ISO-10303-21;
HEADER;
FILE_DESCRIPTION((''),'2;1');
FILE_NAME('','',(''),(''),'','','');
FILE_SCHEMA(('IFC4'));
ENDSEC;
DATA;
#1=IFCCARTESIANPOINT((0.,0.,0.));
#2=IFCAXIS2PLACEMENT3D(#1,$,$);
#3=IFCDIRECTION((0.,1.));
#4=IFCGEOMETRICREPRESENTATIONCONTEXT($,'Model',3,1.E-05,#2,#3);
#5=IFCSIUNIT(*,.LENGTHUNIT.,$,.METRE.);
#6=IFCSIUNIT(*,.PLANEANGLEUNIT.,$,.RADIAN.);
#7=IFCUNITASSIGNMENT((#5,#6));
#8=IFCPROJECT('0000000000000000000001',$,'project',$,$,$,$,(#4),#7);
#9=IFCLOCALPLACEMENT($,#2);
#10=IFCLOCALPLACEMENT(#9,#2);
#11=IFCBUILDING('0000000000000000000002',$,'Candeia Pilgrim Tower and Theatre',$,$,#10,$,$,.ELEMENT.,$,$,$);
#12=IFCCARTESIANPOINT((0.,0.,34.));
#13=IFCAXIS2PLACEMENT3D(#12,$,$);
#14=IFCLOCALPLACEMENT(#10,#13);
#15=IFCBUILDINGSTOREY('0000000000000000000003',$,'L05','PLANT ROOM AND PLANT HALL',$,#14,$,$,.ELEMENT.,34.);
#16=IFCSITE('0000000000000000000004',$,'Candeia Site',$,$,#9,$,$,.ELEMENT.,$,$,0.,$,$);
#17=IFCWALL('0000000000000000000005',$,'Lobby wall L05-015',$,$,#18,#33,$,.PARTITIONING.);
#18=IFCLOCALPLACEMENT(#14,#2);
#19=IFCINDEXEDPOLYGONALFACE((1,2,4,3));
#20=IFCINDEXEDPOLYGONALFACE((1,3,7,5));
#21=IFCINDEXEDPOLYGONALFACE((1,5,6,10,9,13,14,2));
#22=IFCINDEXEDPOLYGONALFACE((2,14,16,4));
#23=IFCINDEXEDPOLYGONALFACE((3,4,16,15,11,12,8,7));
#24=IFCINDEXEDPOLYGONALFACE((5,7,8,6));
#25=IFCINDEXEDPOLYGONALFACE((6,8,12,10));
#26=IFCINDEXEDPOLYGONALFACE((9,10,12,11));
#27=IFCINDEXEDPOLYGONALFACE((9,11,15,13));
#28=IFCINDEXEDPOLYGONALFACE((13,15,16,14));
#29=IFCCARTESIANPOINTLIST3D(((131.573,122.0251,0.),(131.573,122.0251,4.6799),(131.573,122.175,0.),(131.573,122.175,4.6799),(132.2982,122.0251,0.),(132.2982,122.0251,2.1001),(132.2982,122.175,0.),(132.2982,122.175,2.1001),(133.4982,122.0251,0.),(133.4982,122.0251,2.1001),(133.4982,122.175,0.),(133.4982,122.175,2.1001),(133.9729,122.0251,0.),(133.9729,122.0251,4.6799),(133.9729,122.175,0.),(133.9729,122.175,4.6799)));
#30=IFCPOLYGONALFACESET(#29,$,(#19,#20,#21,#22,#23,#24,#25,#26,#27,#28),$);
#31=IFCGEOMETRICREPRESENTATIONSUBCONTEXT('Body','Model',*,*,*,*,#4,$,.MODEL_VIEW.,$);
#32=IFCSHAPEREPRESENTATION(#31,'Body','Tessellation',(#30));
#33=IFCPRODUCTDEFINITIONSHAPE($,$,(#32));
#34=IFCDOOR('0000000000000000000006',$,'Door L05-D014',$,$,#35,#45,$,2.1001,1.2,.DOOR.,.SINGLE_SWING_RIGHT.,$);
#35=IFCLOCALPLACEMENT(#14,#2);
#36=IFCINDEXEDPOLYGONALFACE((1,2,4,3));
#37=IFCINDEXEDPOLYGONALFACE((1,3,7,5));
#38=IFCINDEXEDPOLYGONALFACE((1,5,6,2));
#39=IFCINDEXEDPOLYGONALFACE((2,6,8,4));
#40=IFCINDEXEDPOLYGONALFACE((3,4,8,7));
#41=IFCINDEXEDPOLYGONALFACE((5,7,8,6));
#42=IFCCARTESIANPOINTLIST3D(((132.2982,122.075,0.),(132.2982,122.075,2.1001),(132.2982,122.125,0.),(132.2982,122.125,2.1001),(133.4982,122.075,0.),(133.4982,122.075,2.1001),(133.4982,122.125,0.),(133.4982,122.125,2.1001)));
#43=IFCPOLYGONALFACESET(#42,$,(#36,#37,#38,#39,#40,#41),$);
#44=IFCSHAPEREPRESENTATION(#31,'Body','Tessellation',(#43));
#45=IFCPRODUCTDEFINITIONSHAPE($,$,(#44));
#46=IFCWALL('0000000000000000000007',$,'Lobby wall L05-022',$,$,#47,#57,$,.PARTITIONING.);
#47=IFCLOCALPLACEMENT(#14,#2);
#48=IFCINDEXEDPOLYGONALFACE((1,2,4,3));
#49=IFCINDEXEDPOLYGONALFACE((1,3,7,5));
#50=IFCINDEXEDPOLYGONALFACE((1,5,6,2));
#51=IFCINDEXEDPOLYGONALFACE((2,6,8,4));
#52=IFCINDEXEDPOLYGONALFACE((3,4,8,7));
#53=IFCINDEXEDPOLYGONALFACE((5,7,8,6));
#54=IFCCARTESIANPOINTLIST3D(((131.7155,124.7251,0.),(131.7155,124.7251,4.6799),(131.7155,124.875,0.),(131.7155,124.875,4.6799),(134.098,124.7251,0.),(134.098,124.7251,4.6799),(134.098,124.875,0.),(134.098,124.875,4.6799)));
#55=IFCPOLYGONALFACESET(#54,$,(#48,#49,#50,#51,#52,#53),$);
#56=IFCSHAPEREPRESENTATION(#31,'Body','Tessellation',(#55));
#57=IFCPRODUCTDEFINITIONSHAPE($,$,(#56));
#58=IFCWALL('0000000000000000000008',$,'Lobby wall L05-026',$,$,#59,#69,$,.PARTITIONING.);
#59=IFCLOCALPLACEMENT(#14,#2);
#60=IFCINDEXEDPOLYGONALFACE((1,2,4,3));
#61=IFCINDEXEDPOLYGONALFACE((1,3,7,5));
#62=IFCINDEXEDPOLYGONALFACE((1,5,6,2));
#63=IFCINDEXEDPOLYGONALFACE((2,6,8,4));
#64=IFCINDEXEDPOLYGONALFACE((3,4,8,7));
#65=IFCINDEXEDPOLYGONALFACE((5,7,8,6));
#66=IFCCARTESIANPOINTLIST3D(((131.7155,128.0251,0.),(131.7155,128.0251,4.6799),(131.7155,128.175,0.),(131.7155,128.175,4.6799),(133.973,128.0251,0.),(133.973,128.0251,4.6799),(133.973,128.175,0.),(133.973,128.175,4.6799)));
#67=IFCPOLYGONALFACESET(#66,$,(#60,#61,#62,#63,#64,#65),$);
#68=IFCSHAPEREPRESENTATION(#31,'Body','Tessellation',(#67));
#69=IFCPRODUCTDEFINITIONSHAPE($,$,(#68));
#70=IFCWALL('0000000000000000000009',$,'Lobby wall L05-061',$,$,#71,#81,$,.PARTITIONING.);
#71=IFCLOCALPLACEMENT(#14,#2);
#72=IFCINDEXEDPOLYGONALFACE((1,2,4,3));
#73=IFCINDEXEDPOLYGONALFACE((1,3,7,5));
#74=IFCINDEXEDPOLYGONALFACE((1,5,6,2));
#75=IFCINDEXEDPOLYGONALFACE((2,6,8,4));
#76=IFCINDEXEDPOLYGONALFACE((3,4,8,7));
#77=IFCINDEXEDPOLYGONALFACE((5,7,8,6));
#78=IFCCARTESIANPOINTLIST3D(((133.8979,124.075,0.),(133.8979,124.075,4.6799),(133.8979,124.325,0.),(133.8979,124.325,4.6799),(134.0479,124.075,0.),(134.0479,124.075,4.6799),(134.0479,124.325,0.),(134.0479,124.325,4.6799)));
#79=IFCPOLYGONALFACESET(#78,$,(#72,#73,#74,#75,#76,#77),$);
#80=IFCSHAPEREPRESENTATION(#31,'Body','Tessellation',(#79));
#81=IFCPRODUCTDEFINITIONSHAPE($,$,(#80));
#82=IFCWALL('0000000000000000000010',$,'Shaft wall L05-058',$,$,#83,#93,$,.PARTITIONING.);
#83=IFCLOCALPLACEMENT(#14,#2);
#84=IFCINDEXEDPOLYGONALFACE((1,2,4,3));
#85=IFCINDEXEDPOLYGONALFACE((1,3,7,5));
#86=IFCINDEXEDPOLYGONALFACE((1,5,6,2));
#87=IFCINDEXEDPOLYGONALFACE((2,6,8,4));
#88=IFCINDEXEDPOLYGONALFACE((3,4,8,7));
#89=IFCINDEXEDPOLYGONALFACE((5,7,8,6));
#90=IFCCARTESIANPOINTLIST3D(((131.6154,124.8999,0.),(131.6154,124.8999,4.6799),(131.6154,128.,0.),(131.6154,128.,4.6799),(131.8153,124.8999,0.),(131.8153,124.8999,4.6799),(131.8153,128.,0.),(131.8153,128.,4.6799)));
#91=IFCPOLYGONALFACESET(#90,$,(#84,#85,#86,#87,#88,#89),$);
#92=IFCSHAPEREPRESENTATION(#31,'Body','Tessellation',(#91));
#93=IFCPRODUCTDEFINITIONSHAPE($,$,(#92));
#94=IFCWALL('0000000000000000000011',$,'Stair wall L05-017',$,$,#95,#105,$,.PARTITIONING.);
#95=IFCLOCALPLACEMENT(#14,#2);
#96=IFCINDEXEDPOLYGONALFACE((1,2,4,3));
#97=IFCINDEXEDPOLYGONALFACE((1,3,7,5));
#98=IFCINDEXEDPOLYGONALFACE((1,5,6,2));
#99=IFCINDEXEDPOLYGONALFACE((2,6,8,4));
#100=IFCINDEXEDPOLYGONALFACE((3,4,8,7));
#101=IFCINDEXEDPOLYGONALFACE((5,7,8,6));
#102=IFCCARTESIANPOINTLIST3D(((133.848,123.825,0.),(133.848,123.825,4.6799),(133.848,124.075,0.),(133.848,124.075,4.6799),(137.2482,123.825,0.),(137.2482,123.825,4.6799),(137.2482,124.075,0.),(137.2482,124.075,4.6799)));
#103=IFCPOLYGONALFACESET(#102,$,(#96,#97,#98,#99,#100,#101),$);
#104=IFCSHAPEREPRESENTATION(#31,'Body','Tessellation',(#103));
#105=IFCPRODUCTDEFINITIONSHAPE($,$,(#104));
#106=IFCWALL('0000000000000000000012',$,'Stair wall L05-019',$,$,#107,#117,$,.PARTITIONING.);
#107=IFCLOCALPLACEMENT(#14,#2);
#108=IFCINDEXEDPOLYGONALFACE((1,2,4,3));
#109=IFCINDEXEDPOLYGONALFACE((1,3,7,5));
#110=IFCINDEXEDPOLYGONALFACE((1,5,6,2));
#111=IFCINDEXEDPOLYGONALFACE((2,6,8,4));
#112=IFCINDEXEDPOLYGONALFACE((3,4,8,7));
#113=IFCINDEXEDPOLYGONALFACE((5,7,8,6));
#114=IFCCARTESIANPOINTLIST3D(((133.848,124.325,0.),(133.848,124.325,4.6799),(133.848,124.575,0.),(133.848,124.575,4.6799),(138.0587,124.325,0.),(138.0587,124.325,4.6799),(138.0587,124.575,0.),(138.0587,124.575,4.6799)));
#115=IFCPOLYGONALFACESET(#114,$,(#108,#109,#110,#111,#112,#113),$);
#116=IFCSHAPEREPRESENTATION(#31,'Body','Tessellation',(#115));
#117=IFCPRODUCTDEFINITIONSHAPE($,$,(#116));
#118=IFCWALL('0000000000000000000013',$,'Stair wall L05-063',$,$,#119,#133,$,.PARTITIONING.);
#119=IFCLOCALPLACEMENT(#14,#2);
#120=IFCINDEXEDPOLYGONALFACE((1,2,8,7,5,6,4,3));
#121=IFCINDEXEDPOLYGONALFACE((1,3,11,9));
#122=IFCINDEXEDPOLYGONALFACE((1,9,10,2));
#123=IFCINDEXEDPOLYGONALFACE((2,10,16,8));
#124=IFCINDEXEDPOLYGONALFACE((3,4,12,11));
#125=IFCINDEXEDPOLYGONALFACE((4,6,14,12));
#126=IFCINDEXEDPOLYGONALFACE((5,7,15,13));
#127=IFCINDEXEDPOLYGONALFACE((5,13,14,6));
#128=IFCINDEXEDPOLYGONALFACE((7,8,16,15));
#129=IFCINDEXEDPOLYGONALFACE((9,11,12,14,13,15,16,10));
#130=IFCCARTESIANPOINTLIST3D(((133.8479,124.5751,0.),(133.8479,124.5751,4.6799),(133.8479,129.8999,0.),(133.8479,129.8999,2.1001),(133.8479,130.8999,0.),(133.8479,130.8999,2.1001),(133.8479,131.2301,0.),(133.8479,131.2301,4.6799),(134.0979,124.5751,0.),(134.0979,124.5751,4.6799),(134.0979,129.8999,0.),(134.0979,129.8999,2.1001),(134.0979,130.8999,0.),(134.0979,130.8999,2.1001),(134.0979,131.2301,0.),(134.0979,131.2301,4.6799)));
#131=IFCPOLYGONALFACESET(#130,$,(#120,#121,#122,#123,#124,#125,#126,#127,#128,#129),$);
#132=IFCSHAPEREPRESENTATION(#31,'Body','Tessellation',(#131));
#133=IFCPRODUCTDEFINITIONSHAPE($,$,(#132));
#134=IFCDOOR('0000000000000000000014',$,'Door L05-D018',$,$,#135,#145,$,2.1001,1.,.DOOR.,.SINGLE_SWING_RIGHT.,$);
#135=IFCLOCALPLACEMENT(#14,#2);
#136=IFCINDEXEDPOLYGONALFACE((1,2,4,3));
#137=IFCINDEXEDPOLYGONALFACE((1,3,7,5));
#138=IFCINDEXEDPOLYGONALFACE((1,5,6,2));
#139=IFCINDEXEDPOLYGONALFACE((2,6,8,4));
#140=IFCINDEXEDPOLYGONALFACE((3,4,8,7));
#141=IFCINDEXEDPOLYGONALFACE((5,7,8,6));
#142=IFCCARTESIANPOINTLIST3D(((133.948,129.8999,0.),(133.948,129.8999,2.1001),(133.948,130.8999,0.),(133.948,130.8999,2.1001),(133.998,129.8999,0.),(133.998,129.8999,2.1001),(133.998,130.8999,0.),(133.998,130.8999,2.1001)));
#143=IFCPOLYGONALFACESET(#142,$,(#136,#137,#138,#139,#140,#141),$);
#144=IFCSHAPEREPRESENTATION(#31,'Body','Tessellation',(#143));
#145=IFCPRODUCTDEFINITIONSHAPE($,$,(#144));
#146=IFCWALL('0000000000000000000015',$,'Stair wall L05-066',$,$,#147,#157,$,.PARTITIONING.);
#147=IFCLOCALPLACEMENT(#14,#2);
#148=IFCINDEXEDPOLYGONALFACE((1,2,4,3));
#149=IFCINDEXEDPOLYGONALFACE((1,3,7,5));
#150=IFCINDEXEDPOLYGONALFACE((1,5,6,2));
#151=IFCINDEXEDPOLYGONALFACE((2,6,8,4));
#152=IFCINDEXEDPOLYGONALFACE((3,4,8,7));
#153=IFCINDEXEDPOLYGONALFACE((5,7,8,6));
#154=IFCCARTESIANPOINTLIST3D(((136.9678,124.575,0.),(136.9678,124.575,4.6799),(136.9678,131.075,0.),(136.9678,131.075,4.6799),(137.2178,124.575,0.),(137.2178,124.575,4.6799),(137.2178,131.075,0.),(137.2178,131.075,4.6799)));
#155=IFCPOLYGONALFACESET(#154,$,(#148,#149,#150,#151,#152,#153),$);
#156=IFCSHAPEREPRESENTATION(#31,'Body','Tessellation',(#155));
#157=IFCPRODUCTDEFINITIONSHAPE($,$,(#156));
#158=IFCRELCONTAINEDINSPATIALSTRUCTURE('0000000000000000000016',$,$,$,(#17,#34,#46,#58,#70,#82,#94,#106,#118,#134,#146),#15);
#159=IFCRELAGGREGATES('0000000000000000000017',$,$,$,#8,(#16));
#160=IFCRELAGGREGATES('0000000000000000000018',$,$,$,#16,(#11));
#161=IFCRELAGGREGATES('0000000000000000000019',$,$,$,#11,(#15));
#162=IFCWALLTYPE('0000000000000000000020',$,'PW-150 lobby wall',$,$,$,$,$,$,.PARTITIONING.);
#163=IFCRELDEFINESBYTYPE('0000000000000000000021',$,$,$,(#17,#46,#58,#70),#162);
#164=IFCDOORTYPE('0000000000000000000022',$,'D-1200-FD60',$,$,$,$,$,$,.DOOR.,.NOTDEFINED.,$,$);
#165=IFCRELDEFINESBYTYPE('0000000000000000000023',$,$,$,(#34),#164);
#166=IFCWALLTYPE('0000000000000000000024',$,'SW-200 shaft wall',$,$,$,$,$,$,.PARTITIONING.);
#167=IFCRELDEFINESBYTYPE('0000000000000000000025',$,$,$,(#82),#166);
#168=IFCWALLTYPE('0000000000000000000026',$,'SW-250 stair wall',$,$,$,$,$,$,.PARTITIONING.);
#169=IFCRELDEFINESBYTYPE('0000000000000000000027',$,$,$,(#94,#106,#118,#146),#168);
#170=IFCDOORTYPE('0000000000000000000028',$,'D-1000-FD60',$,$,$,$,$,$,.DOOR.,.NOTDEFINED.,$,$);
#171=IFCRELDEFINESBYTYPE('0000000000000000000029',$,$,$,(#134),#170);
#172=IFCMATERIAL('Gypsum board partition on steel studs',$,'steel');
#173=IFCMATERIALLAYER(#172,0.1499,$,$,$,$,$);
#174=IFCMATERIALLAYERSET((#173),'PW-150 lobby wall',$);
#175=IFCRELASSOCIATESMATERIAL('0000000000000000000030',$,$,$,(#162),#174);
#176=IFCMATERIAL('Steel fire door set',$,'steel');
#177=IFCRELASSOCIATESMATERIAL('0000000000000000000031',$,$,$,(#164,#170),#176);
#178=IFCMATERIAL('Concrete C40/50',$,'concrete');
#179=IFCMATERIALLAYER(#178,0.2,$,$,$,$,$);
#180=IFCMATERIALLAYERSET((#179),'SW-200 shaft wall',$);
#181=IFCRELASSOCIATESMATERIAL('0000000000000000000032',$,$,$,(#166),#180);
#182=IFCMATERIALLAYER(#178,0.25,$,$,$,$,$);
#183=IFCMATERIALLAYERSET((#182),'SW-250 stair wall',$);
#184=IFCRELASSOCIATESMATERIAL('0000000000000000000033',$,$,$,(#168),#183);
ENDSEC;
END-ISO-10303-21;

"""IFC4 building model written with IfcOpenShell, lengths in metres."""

from ifc_helpers import new_model, si_unit, direction, frame, frame_2d, origin, place, context, subcontext, project, spatial, rectangle, extrude, material, layer, layer_set, type_object, element, fill, save


model = new_model("IFC4")

# Units and contexts
model_context = context("Model", 3, precision=1e-05, world=origin(), true_north=direction((0.0, 1.0)))
body_context = subcontext(model_context, "Body", "Model", "MODEL_VIEW")
ifc_project = project(units=[si_unit("LENGTHUNIT", "METRE"), si_unit("PLANEANGLEUNIT", "RADIAN")], contexts=[model_context])

# Site, building, storey
site_placement = place(None, origin())
site = spatial("IfcSite", under=ifc_project, at=site_placement, Name="Candeia Site", CompositionType="ELEMENT", RefElevation=0.0)
building_placement = place(site_placement, origin())
building = spatial("IfcBuilding", under=site, at=building_placement, Name="Candeia Pilgrim Tower and Theatre", CompositionType="ELEMENT")
storey_placement = place(building_placement, frame((0.0, 0.0, 34.0)))
storey = spatial("IfcBuildingStorey", under=building, at=storey_placement, Name="L05", Description="PLANT ROOM AND PLANT HALL", CompositionType="ELEMENT", Elevation=34.0)

# Wall, opening, door
ifc_material_1 = material(Name="Gypsum board partition on steel studs", Category="steel")
ifc_layer_1 = layer(ifc_material_1, 0.1499)
ifc_layer_set_1 = layer_set([ifc_layer_1], Name="PW-150 lobby wall")
wall_type_1 = type_object("IfcWallType", Name="PW-150 lobby wall", PredefinedType="PARTITIONING", material=ifc_layer_set_1)
wall_1_placement = place(storey_placement, frame((131.573, 122.1001, 0.0), z_axis=(0.0, 0.0, 1.0), x_axis=(1.0, 0.0, 0.0)))
wall_1 = element("IfcWall", 1, at=wall_1_placement, inside=storey, type_object=wall_type_1, Name="Lobby wall L05-015", PredefinedType="PARTITIONING", context=body_context, shape_type="SweptSolid", body=[
    extrude(rectangle(XDim=2.3999, YDim=0.1499, at=frame_2d((1.2, 0.0))), origin(), (0.0, 0.0, 1.0), 4.6799),
])
opening_1_placement = place(wall_1_placement, frame((0.7251, 0.0, 0.0)))
opening_1 = element("IfcOpeningElement", 2, at=opening_1_placement, cuts=wall_1, PredefinedType="OPENING", context=body_context, shape_type="SweptSolid", body=[
    extrude(rectangle(XDim=1.2, YDim=2.1001, at=frame_2d((0.6001, 1.05))), frame((0.0, 0.085, 0.0), z_axis=(0.0, -1.0, 0.0), x_axis=(1.0, 0.0, 0.0)), (0.0, 0.0, 1.0), 0.1699),
])
ifc_material_2 = material(Name="Steel fire door set", Category="steel")
door_type_1 = type_object("IfcDoorType", Name="D-1200-FD60", OperationType="NOTDEFINED", PredefinedType="DOOR", material=ifc_material_2)
door_1_placement = place(opening_1_placement, origin())
door_1 = element("IfcDoor", 3, at=door_1_placement, inside=storey, type_object=door_type_1, Name="Door L05-D014", OperationType="SINGLE_SWING_RIGHT", OverallHeight=2.1001, OverallWidth=1.2, PredefinedType="DOOR", context=body_context, shape_type="SweptSolid", body=[
    extrude(rectangle(XDim=1.2, YDim=2.1001, at=frame_2d((0.6001, 1.05))), frame((0.0, 0.0249, 0.0), z_axis=(0.0, -1.0, 0.0), x_axis=(1.0, 0.0, 0.0)), (0.0, 0.0, 1.0), 0.05),
])
fill(opening_1, door_1)

# Walls
wall_2_placement = place(storey_placement, frame((131.7153, 124.8, 0.0), z_axis=(0.0, 0.0, 1.0), x_axis=(1.0, 0.0, 0.0)))
element("IfcWall", 4, at=wall_2_placement, inside=storey, type_object=wall_type_1, Name="Lobby wall L05-022", PredefinedType="PARTITIONING", context=body_context, shape_type="SweptSolid", body=[
    extrude(rectangle(XDim=2.3826, YDim=0.1499, at=frame_2d((1.1914, 0.0))), origin(), (0.0, 0.0, 1.0), 4.6799),
])
wall_3_placement = place(storey_placement, frame((131.7153, 128.1001, 0.0), z_axis=(0.0, 0.0, 1.0), x_axis=(1.0, 0.0, 0.0)))
element("IfcWall", 5, at=wall_3_placement, inside=storey, type_object=wall_type_1, Name="Lobby wall L05-026", PredefinedType="PARTITIONING", context=body_context, shape_type="SweptSolid", body=[
    extrude(rectangle(XDim=2.2576, YDim=0.1499, at=frame_2d((1.1289, 0.0))), origin(), (0.0, 0.0, 1.0), 4.6799),
])
wall_4_placement = place(storey_placement, frame((133.9729, 124.075, 0.0), z_axis=(0.0, 0.0, 1.0), x_axis=(0.0, 1.0, 0.0)))
element("IfcWall", 6, at=wall_4_placement, inside=storey, type_object=wall_type_1, Name="Lobby wall L05-061", PredefinedType="PARTITIONING", context=body_context, shape_type="SweptSolid", body=[
    extrude(rectangle(XDim=0.25, YDim=0.1499, at=frame_2d((0.125, 0.0))), origin(), (0.0, 0.0, 1.0), 4.6799),
])
ifc_material_3 = material(Name="Concrete C40/50", Category="concrete")
ifc_layer_2 = layer(ifc_material_3, 0.2)
ifc_layer_set_2 = layer_set([ifc_layer_2], Name="SW-200 shaft wall")
wall_type_2 = type_object("IfcWallType", Name="SW-200 shaft wall", PredefinedType="PARTITIONING", material=ifc_layer_set_2)
wall_5_placement = place(storey_placement, frame((131.7153, 124.8999, 0.0), z_axis=(0.0, 0.0, 1.0), x_axis=(0.0, 1.0, 0.0)))
element("IfcWall", 7, at=wall_5_placement, inside=storey, type_object=wall_type_2, Name="Shaft wall L05-058", PredefinedType="PARTITIONING", context=body_context, shape_type="SweptSolid", body=[
    extrude(rectangle(XDim=3.1001, YDim=0.2, at=frame_2d((1.55, 0.0))), origin(), (0.0, 0.0, 1.0), 4.6799),
])
ifc_layer_3 = layer(ifc_material_3, 0.25)
ifc_layer_set_3 = layer_set([ifc_layer_3], Name="SW-250 stair wall")
wall_type_3 = type_object("IfcWallType", Name="SW-250 stair wall", PredefinedType="PARTITIONING", material=ifc_layer_set_3)
wall_6_placement = place(storey_placement, frame((133.8479, 123.95, 0.0), z_axis=(0.0, 0.0, 1.0), x_axis=(1.0, 0.0, 0.0)))
element("IfcWall", 8, at=wall_6_placement, inside=storey, type_object=wall_type_3, Name="Stair wall L05-017", PredefinedType="PARTITIONING", context=body_context, shape_type="SweptSolid", body=[
    extrude(rectangle(XDim=3.4001, YDim=0.25, at=frame_2d((1.7002, 0.0))), origin(), (0.0, 0.0, 1.0), 4.6799),
])
wall_7_placement = place(storey_placement, frame((133.8479, 124.45, 0.0), z_axis=(0.0, 0.0, 1.0), x_axis=(1.0, 0.0, 0.0)))
element("IfcWall", 9, at=wall_7_placement, inside=storey, type_object=wall_type_3, Name="Stair wall L05-019", PredefinedType="PARTITIONING", context=body_context, shape_type="SweptSolid", body=[
    extrude(rectangle(XDim=4.2107, YDim=0.25, at=frame_2d((2.1055, 0.0))), origin(), (0.0, 0.0, 1.0), 4.6799),
])

# Wall, opening, door
wall_8_placement = place(storey_placement, frame((133.9729, 124.575, 0.0), z_axis=(0.0, 0.0, 1.0), x_axis=(0.0, 1.0, 0.0)))
wall_8 = element("IfcWall", 10, at=wall_8_placement, inside=storey, type_object=wall_type_3, Name="Stair wall L05-063", PredefinedType="PARTITIONING", context=body_context, shape_type="SweptSolid", body=[
    extrude(rectangle(XDim=6.655, YDim=0.25, at=frame_2d((3.3276, 0.0))), origin(), (0.0, 0.0, 1.0), 4.6799),
])
opening_2_placement = place(wall_8_placement, frame((5.325, 0.0, 0.0)))
opening_2 = element("IfcOpeningElement", 11, at=opening_2_placement, cuts=wall_8, PredefinedType="OPENING", context=body_context, shape_type="SweptSolid", body=[
    extrude(rectangle(XDim=1.0, YDim=2.1001, at=frame_2d((0.5, 1.05))), frame((0.0, 0.135, 0.0), z_axis=(0.0, -1.0, 0.0), x_axis=(1.0, 0.0, 0.0)), (0.0, 0.0, 1.0), 0.27),
])
door_type_2 = type_object("IfcDoorType", Name="D-1000-FD60", OperationType="NOTDEFINED", PredefinedType="DOOR", material=ifc_material_2)
door_2_placement = place(opening_2_placement, origin())
door_2 = element("IfcDoor", 12, at=door_2_placement, inside=storey, type_object=door_type_2, Name="Door L05-D018", OperationType="SINGLE_SWING_RIGHT", OverallHeight=2.1001, OverallWidth=1.0, PredefinedType="DOOR", context=body_context, shape_type="SweptSolid", body=[
    extrude(rectangle(XDim=1.0, YDim=2.1001, at=frame_2d((0.5, 1.05))), frame((0.0, 0.0249, 0.0), z_axis=(0.0, -1.0, 0.0), x_axis=(1.0, 0.0, 0.0)), (0.0, 0.0, 1.0), 0.05),
])
fill(opening_2, door_2)

# Wall
wall_9_placement = place(storey_placement, frame((137.0928, 124.575, 0.0), z_axis=(0.0, 0.0, 1.0), x_axis=(0.0, 1.0, 0.0)))
element("IfcWall", 13, at=wall_9_placement, inside=storey, type_object=wall_type_3, Name="Stair wall L05-066", PredefinedType="PARTITIONING", context=body_context, shape_type="SweptSolid", body=[
    extrude(rectangle(XDim=6.5, YDim=0.25, at=frame_2d((3.25, 0.0))), origin(), (0.0, 0.0, 1.0), 4.6799),
])

save(model, "model.ifc")
